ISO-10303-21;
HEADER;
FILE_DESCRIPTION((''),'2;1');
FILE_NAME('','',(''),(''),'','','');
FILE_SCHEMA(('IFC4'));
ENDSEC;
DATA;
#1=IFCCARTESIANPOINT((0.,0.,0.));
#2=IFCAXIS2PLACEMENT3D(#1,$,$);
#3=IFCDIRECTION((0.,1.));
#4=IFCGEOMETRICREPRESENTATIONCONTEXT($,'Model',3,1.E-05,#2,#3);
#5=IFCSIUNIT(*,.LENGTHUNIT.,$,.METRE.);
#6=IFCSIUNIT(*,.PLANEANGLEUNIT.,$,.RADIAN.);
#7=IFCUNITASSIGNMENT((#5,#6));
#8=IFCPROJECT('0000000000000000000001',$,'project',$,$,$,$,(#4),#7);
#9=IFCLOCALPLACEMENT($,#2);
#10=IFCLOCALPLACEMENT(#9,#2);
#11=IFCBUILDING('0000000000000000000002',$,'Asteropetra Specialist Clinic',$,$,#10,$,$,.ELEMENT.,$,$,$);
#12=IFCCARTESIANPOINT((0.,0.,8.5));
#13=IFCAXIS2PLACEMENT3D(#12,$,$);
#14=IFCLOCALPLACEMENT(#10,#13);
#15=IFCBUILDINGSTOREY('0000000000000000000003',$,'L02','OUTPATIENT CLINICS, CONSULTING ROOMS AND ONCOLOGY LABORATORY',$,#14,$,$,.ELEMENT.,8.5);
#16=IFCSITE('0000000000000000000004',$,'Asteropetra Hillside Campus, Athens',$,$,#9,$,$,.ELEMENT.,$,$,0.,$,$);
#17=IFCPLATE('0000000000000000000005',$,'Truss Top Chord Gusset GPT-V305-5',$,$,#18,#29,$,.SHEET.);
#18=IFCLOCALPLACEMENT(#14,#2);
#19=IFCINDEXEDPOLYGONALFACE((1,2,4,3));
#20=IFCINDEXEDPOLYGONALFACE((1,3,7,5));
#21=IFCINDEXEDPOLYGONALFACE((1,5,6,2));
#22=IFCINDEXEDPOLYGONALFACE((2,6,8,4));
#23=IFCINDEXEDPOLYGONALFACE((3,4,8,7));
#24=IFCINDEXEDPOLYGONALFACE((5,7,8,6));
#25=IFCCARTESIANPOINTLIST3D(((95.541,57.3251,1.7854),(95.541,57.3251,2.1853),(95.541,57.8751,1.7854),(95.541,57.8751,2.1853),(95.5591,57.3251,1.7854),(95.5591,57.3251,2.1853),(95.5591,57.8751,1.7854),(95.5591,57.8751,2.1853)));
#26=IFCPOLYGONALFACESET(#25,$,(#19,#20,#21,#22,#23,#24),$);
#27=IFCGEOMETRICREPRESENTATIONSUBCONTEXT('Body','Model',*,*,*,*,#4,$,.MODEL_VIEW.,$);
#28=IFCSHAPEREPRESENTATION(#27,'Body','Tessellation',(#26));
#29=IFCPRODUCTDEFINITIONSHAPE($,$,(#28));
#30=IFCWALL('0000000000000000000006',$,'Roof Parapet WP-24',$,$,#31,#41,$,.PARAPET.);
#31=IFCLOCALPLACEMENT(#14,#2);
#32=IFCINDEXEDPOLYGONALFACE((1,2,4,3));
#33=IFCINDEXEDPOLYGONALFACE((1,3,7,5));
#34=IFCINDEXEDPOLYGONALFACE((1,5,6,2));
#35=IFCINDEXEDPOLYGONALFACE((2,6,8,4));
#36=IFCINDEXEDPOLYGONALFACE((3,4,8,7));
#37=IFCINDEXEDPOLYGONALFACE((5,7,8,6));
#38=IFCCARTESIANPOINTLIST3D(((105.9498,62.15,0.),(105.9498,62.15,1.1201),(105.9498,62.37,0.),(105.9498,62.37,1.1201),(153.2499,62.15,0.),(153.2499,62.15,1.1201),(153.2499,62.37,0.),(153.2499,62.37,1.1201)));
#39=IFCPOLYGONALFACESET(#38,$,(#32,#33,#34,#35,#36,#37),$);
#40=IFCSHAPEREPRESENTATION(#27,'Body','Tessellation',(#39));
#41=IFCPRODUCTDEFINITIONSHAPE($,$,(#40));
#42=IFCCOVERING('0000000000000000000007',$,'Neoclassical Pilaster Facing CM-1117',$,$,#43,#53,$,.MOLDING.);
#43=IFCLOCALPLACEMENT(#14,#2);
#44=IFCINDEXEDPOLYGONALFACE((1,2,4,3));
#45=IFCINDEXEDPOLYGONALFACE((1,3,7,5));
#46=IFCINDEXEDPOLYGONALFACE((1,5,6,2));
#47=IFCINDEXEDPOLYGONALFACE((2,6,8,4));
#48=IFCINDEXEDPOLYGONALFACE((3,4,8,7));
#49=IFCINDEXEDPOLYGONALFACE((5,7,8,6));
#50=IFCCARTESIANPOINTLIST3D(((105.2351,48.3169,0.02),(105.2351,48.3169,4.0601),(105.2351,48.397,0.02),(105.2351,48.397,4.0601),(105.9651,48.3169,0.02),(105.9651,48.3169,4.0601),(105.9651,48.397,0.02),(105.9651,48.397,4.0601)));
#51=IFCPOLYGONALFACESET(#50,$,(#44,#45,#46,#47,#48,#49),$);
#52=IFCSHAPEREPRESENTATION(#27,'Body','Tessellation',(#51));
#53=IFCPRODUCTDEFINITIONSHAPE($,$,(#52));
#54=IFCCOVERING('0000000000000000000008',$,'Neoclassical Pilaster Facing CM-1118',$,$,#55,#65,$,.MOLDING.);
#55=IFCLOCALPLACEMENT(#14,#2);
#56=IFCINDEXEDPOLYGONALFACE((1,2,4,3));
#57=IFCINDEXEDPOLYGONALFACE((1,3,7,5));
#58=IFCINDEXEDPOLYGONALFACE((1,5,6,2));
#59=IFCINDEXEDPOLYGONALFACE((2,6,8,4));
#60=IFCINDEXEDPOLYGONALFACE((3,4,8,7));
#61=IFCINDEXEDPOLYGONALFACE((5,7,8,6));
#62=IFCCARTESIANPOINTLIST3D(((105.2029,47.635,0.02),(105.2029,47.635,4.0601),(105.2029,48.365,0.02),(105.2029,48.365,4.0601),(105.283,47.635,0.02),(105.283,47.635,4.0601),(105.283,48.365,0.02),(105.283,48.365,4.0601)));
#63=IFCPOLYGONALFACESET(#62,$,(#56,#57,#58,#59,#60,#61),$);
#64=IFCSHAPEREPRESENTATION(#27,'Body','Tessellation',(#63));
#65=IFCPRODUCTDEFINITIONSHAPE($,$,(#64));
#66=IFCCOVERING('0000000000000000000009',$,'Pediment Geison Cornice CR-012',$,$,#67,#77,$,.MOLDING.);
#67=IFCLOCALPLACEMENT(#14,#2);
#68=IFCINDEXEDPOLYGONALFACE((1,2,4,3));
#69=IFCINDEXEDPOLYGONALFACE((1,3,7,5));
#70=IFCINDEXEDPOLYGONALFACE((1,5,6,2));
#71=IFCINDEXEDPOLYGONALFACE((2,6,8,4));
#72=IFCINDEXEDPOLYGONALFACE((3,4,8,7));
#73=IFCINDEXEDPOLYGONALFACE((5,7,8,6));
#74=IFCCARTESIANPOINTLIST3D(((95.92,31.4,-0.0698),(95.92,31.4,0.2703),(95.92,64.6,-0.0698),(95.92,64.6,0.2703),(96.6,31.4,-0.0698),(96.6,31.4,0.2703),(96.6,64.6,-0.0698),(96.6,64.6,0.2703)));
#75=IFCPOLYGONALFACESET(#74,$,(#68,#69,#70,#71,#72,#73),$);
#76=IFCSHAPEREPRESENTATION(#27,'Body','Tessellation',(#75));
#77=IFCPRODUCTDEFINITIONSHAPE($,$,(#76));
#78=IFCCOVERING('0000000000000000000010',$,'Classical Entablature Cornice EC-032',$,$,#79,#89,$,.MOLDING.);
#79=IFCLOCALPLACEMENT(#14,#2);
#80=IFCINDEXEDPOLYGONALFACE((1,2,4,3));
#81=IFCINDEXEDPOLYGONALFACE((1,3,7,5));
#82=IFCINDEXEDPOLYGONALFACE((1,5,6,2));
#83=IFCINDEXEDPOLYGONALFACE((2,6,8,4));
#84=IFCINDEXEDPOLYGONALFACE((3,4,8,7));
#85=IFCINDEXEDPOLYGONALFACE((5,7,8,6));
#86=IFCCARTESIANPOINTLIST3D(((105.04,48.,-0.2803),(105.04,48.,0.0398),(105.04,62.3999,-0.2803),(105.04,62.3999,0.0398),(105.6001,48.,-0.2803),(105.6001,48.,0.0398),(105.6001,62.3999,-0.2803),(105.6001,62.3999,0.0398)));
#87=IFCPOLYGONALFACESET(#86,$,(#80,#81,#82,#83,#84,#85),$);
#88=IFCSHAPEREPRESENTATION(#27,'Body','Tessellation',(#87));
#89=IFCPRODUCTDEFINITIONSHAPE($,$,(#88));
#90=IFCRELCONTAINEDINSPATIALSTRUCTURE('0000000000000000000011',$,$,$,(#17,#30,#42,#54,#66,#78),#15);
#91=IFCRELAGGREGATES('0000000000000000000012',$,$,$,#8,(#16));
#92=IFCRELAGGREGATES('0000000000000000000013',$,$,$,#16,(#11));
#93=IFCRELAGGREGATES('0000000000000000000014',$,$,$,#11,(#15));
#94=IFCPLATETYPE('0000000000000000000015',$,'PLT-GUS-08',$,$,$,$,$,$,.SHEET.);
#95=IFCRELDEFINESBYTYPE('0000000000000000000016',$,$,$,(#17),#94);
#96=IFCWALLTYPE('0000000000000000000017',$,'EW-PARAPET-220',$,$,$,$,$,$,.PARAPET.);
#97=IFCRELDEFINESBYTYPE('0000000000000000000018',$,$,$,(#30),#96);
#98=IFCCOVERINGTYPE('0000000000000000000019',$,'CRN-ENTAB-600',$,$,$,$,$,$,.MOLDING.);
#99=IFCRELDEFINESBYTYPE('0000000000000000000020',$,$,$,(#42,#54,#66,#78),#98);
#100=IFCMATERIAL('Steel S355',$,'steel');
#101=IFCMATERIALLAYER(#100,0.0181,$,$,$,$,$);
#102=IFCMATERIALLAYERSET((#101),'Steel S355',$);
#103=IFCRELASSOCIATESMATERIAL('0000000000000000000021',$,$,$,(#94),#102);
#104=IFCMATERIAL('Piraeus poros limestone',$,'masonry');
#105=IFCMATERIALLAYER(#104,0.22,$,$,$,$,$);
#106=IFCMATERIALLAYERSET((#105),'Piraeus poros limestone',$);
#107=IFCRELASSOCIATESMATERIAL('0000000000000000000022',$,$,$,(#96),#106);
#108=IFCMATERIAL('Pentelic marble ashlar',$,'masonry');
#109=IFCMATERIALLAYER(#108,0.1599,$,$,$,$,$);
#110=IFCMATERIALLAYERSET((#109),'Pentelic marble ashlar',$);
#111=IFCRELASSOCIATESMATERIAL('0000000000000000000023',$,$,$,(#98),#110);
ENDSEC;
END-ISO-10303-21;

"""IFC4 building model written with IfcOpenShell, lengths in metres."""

from ifc_helpers import new_model, si_unit, direction, frame, frame_2d, origin, origin_2d, place, context, subcontext, project, spatial, rectangle, extrude, material, layer, layer_set, type_object, element, save


model = new_model("IFC4")

# Units and contexts
model_context = context("Model", 3, precision=1e-05, world=origin(), true_north=direction((0.0, 1.0)))
body_context = subcontext(model_context, "Body", "Model", "MODEL_VIEW")
ifc_project = project(units=[si_unit("LENGTHUNIT", "METRE"), si_unit("PLANEANGLEUNIT", "RADIAN")], contexts=[model_context])

# Site, building, storey
site_placement = place(None, origin())
site = spatial("IfcSite", under=ifc_project, at=site_placement, Name="Asteropetra Hillside Campus, Athens", CompositionType="ELEMENT", RefElevation=0.0)
building_placement = place(site_placement, origin())
building = spatial("IfcBuilding", under=site, at=building_placement, Name="Asteropetra Specialist Clinic", CompositionType="ELEMENT")
storey_placement = place(building_placement, frame((0.0, 0.0, 8.5)))
storey = spatial("IfcBuildingStorey", under=building, at=storey_placement, Name="L02", Description="OUTPATIENT CLINICS, CONSULTING ROOMS AND ONCOLOGY LABORATORY", CompositionType="ELEMENT", Elevation=8.5)

# Plate
ifc_material_1 = material(Name="Steel S355", Category="steel")
ifc_layer_1 = layer(ifc_material_1, 0.0181)
ifc_layer_set_1 = layer_set([ifc_layer_1], Name="Steel S355")
plate_type_1 = type_object("IfcPlateType", Name="PLT-GUS-08", PredefinedType="SHEET", material=ifc_layer_set_1)
for number, where, z_axis, x_axis, name in (
    (1, (95.55, 57.6001, 1.7854), (0.0, 0.0, 1.0), (1.0, 0.0, 0.0), "Truss Top Chord Gusset GPT-V305-5"),
):
    element("IfcPlate", number, at=place(storey_placement, frame(where, z_axis=z_axis, x_axis=x_axis)), inside=storey, type_object=plate_type_1, Name=name, PredefinedType="SHEET", context=body_context, shape_type="SweptSolid", body=[
        extrude(rectangle(XDim=0.0181, YDim=0.55, at=origin_2d()), origin(), (0.0, 0.0, 1.0), 0.3999),
    ])

# Wall
ifc_material_2 = material(Name="Piraeus poros limestone", Category="masonry")
ifc_layer_2 = layer(ifc_material_2, 0.22)
ifc_layer_set_2 = layer_set([ifc_layer_2], Name="Piraeus poros limestone")
wall_type = type_object("IfcWallType", Name="EW-PARAPET-220", PredefinedType="PARAPET", material=ifc_layer_set_2)
wall_placement = place(storey_placement, frame((105.95, 62.26, 0.0), z_axis=(0.0, 0.0, 1.0), x_axis=(1.0, 0.0, 0.0)))
element("IfcWall", 2, at=wall_placement, inside=storey, type_object=wall_type, Name="Roof Parapet WP-24", PredefinedType="PARAPET", context=body_context, shape_type="SweptSolid", body=[
    extrude(rectangle(XDim=47.3, YDim=0.22, at=frame_2d((23.6499, 0.0))), origin(), (0.0, 0.0, 1.0), 1.1201),
])

# Coverings
ifc_material_3 = material(Name="Pentelic marble ashlar", Category="masonry")
ifc_layer_3 = layer(ifc_material_3, 0.1599)
ifc_layer_set_3 = layer_set([ifc_layer_3], Name="Pentelic marble ashlar")
covering_type = type_object("IfcCoveringType", Name="CRN-ENTAB-600", PredefinedType="MOLDING", material=ifc_layer_set_3)
covering_1_placement = place(storey_placement, frame((105.6001, 48.3569, 0.02), z_axis=(0.0, 0.0, 1.0), x_axis=(1.0, 0.0, 0.0)))
element("IfcCovering", 3, at=covering_1_placement, inside=storey, type_object=covering_type, Name="Neoclassical Pilaster Facing CM-1117", PredefinedType="MOLDING", context=body_context, shape_type="SweptSolid", body=[
    extrude(rectangle(XDim=0.73, YDim=0.0801, at=origin_2d()), origin(), (0.0, 0.0, 1.0), 4.04),
])
covering_2_placement = place(storey_placement, frame((105.2429, 48.0, 0.02), z_axis=(0.0, 0.0, 1.0), x_axis=(1.0, 0.0, 0.0)))
element("IfcCovering", 4, at=covering_2_placement, inside=storey, type_object=covering_type, Name="Neoclassical Pilaster Facing CM-1118", PredefinedType="MOLDING", context=body_context, shape_type="SweptSolid", body=[
    extrude(rectangle(XDim=0.0801, YDim=0.73, at=origin_2d()), origin(), (0.0, 0.0, 1.0), 4.04),
])
covering_3_placement = place(storey_placement, frame((96.26, 48.0, -0.0698), z_axis=(0.0, 0.0, 1.0), x_axis=(1.0, 0.0, 0.0)))
element("IfcCovering", 5, at=covering_3_placement, inside=storey, type_object=covering_type, Name="Pediment Geison Cornice CR-012", PredefinedType="MOLDING", context=body_context, shape_type="SweptSolid", body=[
    extrude(rectangle(XDim=0.6799, YDim=33.2, at=origin_2d()), origin(), (0.0, 0.0, 1.0), 0.3401),
])
covering_4_placement = place(storey_placement, frame((105.3201, 55.2, -0.2803), z_axis=(0.0, 0.0, 1.0), x_axis=(1.0, 0.0, 0.0)))
element("IfcCovering", 6, at=covering_4_placement, inside=storey, type_object=covering_type, Name="Classical Entablature Cornice EC-032", PredefinedType="MOLDING", context=body_context, shape_type="SweptSolid", body=[
    extrude(rectangle(XDim=0.5601, YDim=14.3999, at=origin_2d()), origin(), (0.0, 0.0, 1.0), 0.3201),
])

save(model, "model.ifc")
